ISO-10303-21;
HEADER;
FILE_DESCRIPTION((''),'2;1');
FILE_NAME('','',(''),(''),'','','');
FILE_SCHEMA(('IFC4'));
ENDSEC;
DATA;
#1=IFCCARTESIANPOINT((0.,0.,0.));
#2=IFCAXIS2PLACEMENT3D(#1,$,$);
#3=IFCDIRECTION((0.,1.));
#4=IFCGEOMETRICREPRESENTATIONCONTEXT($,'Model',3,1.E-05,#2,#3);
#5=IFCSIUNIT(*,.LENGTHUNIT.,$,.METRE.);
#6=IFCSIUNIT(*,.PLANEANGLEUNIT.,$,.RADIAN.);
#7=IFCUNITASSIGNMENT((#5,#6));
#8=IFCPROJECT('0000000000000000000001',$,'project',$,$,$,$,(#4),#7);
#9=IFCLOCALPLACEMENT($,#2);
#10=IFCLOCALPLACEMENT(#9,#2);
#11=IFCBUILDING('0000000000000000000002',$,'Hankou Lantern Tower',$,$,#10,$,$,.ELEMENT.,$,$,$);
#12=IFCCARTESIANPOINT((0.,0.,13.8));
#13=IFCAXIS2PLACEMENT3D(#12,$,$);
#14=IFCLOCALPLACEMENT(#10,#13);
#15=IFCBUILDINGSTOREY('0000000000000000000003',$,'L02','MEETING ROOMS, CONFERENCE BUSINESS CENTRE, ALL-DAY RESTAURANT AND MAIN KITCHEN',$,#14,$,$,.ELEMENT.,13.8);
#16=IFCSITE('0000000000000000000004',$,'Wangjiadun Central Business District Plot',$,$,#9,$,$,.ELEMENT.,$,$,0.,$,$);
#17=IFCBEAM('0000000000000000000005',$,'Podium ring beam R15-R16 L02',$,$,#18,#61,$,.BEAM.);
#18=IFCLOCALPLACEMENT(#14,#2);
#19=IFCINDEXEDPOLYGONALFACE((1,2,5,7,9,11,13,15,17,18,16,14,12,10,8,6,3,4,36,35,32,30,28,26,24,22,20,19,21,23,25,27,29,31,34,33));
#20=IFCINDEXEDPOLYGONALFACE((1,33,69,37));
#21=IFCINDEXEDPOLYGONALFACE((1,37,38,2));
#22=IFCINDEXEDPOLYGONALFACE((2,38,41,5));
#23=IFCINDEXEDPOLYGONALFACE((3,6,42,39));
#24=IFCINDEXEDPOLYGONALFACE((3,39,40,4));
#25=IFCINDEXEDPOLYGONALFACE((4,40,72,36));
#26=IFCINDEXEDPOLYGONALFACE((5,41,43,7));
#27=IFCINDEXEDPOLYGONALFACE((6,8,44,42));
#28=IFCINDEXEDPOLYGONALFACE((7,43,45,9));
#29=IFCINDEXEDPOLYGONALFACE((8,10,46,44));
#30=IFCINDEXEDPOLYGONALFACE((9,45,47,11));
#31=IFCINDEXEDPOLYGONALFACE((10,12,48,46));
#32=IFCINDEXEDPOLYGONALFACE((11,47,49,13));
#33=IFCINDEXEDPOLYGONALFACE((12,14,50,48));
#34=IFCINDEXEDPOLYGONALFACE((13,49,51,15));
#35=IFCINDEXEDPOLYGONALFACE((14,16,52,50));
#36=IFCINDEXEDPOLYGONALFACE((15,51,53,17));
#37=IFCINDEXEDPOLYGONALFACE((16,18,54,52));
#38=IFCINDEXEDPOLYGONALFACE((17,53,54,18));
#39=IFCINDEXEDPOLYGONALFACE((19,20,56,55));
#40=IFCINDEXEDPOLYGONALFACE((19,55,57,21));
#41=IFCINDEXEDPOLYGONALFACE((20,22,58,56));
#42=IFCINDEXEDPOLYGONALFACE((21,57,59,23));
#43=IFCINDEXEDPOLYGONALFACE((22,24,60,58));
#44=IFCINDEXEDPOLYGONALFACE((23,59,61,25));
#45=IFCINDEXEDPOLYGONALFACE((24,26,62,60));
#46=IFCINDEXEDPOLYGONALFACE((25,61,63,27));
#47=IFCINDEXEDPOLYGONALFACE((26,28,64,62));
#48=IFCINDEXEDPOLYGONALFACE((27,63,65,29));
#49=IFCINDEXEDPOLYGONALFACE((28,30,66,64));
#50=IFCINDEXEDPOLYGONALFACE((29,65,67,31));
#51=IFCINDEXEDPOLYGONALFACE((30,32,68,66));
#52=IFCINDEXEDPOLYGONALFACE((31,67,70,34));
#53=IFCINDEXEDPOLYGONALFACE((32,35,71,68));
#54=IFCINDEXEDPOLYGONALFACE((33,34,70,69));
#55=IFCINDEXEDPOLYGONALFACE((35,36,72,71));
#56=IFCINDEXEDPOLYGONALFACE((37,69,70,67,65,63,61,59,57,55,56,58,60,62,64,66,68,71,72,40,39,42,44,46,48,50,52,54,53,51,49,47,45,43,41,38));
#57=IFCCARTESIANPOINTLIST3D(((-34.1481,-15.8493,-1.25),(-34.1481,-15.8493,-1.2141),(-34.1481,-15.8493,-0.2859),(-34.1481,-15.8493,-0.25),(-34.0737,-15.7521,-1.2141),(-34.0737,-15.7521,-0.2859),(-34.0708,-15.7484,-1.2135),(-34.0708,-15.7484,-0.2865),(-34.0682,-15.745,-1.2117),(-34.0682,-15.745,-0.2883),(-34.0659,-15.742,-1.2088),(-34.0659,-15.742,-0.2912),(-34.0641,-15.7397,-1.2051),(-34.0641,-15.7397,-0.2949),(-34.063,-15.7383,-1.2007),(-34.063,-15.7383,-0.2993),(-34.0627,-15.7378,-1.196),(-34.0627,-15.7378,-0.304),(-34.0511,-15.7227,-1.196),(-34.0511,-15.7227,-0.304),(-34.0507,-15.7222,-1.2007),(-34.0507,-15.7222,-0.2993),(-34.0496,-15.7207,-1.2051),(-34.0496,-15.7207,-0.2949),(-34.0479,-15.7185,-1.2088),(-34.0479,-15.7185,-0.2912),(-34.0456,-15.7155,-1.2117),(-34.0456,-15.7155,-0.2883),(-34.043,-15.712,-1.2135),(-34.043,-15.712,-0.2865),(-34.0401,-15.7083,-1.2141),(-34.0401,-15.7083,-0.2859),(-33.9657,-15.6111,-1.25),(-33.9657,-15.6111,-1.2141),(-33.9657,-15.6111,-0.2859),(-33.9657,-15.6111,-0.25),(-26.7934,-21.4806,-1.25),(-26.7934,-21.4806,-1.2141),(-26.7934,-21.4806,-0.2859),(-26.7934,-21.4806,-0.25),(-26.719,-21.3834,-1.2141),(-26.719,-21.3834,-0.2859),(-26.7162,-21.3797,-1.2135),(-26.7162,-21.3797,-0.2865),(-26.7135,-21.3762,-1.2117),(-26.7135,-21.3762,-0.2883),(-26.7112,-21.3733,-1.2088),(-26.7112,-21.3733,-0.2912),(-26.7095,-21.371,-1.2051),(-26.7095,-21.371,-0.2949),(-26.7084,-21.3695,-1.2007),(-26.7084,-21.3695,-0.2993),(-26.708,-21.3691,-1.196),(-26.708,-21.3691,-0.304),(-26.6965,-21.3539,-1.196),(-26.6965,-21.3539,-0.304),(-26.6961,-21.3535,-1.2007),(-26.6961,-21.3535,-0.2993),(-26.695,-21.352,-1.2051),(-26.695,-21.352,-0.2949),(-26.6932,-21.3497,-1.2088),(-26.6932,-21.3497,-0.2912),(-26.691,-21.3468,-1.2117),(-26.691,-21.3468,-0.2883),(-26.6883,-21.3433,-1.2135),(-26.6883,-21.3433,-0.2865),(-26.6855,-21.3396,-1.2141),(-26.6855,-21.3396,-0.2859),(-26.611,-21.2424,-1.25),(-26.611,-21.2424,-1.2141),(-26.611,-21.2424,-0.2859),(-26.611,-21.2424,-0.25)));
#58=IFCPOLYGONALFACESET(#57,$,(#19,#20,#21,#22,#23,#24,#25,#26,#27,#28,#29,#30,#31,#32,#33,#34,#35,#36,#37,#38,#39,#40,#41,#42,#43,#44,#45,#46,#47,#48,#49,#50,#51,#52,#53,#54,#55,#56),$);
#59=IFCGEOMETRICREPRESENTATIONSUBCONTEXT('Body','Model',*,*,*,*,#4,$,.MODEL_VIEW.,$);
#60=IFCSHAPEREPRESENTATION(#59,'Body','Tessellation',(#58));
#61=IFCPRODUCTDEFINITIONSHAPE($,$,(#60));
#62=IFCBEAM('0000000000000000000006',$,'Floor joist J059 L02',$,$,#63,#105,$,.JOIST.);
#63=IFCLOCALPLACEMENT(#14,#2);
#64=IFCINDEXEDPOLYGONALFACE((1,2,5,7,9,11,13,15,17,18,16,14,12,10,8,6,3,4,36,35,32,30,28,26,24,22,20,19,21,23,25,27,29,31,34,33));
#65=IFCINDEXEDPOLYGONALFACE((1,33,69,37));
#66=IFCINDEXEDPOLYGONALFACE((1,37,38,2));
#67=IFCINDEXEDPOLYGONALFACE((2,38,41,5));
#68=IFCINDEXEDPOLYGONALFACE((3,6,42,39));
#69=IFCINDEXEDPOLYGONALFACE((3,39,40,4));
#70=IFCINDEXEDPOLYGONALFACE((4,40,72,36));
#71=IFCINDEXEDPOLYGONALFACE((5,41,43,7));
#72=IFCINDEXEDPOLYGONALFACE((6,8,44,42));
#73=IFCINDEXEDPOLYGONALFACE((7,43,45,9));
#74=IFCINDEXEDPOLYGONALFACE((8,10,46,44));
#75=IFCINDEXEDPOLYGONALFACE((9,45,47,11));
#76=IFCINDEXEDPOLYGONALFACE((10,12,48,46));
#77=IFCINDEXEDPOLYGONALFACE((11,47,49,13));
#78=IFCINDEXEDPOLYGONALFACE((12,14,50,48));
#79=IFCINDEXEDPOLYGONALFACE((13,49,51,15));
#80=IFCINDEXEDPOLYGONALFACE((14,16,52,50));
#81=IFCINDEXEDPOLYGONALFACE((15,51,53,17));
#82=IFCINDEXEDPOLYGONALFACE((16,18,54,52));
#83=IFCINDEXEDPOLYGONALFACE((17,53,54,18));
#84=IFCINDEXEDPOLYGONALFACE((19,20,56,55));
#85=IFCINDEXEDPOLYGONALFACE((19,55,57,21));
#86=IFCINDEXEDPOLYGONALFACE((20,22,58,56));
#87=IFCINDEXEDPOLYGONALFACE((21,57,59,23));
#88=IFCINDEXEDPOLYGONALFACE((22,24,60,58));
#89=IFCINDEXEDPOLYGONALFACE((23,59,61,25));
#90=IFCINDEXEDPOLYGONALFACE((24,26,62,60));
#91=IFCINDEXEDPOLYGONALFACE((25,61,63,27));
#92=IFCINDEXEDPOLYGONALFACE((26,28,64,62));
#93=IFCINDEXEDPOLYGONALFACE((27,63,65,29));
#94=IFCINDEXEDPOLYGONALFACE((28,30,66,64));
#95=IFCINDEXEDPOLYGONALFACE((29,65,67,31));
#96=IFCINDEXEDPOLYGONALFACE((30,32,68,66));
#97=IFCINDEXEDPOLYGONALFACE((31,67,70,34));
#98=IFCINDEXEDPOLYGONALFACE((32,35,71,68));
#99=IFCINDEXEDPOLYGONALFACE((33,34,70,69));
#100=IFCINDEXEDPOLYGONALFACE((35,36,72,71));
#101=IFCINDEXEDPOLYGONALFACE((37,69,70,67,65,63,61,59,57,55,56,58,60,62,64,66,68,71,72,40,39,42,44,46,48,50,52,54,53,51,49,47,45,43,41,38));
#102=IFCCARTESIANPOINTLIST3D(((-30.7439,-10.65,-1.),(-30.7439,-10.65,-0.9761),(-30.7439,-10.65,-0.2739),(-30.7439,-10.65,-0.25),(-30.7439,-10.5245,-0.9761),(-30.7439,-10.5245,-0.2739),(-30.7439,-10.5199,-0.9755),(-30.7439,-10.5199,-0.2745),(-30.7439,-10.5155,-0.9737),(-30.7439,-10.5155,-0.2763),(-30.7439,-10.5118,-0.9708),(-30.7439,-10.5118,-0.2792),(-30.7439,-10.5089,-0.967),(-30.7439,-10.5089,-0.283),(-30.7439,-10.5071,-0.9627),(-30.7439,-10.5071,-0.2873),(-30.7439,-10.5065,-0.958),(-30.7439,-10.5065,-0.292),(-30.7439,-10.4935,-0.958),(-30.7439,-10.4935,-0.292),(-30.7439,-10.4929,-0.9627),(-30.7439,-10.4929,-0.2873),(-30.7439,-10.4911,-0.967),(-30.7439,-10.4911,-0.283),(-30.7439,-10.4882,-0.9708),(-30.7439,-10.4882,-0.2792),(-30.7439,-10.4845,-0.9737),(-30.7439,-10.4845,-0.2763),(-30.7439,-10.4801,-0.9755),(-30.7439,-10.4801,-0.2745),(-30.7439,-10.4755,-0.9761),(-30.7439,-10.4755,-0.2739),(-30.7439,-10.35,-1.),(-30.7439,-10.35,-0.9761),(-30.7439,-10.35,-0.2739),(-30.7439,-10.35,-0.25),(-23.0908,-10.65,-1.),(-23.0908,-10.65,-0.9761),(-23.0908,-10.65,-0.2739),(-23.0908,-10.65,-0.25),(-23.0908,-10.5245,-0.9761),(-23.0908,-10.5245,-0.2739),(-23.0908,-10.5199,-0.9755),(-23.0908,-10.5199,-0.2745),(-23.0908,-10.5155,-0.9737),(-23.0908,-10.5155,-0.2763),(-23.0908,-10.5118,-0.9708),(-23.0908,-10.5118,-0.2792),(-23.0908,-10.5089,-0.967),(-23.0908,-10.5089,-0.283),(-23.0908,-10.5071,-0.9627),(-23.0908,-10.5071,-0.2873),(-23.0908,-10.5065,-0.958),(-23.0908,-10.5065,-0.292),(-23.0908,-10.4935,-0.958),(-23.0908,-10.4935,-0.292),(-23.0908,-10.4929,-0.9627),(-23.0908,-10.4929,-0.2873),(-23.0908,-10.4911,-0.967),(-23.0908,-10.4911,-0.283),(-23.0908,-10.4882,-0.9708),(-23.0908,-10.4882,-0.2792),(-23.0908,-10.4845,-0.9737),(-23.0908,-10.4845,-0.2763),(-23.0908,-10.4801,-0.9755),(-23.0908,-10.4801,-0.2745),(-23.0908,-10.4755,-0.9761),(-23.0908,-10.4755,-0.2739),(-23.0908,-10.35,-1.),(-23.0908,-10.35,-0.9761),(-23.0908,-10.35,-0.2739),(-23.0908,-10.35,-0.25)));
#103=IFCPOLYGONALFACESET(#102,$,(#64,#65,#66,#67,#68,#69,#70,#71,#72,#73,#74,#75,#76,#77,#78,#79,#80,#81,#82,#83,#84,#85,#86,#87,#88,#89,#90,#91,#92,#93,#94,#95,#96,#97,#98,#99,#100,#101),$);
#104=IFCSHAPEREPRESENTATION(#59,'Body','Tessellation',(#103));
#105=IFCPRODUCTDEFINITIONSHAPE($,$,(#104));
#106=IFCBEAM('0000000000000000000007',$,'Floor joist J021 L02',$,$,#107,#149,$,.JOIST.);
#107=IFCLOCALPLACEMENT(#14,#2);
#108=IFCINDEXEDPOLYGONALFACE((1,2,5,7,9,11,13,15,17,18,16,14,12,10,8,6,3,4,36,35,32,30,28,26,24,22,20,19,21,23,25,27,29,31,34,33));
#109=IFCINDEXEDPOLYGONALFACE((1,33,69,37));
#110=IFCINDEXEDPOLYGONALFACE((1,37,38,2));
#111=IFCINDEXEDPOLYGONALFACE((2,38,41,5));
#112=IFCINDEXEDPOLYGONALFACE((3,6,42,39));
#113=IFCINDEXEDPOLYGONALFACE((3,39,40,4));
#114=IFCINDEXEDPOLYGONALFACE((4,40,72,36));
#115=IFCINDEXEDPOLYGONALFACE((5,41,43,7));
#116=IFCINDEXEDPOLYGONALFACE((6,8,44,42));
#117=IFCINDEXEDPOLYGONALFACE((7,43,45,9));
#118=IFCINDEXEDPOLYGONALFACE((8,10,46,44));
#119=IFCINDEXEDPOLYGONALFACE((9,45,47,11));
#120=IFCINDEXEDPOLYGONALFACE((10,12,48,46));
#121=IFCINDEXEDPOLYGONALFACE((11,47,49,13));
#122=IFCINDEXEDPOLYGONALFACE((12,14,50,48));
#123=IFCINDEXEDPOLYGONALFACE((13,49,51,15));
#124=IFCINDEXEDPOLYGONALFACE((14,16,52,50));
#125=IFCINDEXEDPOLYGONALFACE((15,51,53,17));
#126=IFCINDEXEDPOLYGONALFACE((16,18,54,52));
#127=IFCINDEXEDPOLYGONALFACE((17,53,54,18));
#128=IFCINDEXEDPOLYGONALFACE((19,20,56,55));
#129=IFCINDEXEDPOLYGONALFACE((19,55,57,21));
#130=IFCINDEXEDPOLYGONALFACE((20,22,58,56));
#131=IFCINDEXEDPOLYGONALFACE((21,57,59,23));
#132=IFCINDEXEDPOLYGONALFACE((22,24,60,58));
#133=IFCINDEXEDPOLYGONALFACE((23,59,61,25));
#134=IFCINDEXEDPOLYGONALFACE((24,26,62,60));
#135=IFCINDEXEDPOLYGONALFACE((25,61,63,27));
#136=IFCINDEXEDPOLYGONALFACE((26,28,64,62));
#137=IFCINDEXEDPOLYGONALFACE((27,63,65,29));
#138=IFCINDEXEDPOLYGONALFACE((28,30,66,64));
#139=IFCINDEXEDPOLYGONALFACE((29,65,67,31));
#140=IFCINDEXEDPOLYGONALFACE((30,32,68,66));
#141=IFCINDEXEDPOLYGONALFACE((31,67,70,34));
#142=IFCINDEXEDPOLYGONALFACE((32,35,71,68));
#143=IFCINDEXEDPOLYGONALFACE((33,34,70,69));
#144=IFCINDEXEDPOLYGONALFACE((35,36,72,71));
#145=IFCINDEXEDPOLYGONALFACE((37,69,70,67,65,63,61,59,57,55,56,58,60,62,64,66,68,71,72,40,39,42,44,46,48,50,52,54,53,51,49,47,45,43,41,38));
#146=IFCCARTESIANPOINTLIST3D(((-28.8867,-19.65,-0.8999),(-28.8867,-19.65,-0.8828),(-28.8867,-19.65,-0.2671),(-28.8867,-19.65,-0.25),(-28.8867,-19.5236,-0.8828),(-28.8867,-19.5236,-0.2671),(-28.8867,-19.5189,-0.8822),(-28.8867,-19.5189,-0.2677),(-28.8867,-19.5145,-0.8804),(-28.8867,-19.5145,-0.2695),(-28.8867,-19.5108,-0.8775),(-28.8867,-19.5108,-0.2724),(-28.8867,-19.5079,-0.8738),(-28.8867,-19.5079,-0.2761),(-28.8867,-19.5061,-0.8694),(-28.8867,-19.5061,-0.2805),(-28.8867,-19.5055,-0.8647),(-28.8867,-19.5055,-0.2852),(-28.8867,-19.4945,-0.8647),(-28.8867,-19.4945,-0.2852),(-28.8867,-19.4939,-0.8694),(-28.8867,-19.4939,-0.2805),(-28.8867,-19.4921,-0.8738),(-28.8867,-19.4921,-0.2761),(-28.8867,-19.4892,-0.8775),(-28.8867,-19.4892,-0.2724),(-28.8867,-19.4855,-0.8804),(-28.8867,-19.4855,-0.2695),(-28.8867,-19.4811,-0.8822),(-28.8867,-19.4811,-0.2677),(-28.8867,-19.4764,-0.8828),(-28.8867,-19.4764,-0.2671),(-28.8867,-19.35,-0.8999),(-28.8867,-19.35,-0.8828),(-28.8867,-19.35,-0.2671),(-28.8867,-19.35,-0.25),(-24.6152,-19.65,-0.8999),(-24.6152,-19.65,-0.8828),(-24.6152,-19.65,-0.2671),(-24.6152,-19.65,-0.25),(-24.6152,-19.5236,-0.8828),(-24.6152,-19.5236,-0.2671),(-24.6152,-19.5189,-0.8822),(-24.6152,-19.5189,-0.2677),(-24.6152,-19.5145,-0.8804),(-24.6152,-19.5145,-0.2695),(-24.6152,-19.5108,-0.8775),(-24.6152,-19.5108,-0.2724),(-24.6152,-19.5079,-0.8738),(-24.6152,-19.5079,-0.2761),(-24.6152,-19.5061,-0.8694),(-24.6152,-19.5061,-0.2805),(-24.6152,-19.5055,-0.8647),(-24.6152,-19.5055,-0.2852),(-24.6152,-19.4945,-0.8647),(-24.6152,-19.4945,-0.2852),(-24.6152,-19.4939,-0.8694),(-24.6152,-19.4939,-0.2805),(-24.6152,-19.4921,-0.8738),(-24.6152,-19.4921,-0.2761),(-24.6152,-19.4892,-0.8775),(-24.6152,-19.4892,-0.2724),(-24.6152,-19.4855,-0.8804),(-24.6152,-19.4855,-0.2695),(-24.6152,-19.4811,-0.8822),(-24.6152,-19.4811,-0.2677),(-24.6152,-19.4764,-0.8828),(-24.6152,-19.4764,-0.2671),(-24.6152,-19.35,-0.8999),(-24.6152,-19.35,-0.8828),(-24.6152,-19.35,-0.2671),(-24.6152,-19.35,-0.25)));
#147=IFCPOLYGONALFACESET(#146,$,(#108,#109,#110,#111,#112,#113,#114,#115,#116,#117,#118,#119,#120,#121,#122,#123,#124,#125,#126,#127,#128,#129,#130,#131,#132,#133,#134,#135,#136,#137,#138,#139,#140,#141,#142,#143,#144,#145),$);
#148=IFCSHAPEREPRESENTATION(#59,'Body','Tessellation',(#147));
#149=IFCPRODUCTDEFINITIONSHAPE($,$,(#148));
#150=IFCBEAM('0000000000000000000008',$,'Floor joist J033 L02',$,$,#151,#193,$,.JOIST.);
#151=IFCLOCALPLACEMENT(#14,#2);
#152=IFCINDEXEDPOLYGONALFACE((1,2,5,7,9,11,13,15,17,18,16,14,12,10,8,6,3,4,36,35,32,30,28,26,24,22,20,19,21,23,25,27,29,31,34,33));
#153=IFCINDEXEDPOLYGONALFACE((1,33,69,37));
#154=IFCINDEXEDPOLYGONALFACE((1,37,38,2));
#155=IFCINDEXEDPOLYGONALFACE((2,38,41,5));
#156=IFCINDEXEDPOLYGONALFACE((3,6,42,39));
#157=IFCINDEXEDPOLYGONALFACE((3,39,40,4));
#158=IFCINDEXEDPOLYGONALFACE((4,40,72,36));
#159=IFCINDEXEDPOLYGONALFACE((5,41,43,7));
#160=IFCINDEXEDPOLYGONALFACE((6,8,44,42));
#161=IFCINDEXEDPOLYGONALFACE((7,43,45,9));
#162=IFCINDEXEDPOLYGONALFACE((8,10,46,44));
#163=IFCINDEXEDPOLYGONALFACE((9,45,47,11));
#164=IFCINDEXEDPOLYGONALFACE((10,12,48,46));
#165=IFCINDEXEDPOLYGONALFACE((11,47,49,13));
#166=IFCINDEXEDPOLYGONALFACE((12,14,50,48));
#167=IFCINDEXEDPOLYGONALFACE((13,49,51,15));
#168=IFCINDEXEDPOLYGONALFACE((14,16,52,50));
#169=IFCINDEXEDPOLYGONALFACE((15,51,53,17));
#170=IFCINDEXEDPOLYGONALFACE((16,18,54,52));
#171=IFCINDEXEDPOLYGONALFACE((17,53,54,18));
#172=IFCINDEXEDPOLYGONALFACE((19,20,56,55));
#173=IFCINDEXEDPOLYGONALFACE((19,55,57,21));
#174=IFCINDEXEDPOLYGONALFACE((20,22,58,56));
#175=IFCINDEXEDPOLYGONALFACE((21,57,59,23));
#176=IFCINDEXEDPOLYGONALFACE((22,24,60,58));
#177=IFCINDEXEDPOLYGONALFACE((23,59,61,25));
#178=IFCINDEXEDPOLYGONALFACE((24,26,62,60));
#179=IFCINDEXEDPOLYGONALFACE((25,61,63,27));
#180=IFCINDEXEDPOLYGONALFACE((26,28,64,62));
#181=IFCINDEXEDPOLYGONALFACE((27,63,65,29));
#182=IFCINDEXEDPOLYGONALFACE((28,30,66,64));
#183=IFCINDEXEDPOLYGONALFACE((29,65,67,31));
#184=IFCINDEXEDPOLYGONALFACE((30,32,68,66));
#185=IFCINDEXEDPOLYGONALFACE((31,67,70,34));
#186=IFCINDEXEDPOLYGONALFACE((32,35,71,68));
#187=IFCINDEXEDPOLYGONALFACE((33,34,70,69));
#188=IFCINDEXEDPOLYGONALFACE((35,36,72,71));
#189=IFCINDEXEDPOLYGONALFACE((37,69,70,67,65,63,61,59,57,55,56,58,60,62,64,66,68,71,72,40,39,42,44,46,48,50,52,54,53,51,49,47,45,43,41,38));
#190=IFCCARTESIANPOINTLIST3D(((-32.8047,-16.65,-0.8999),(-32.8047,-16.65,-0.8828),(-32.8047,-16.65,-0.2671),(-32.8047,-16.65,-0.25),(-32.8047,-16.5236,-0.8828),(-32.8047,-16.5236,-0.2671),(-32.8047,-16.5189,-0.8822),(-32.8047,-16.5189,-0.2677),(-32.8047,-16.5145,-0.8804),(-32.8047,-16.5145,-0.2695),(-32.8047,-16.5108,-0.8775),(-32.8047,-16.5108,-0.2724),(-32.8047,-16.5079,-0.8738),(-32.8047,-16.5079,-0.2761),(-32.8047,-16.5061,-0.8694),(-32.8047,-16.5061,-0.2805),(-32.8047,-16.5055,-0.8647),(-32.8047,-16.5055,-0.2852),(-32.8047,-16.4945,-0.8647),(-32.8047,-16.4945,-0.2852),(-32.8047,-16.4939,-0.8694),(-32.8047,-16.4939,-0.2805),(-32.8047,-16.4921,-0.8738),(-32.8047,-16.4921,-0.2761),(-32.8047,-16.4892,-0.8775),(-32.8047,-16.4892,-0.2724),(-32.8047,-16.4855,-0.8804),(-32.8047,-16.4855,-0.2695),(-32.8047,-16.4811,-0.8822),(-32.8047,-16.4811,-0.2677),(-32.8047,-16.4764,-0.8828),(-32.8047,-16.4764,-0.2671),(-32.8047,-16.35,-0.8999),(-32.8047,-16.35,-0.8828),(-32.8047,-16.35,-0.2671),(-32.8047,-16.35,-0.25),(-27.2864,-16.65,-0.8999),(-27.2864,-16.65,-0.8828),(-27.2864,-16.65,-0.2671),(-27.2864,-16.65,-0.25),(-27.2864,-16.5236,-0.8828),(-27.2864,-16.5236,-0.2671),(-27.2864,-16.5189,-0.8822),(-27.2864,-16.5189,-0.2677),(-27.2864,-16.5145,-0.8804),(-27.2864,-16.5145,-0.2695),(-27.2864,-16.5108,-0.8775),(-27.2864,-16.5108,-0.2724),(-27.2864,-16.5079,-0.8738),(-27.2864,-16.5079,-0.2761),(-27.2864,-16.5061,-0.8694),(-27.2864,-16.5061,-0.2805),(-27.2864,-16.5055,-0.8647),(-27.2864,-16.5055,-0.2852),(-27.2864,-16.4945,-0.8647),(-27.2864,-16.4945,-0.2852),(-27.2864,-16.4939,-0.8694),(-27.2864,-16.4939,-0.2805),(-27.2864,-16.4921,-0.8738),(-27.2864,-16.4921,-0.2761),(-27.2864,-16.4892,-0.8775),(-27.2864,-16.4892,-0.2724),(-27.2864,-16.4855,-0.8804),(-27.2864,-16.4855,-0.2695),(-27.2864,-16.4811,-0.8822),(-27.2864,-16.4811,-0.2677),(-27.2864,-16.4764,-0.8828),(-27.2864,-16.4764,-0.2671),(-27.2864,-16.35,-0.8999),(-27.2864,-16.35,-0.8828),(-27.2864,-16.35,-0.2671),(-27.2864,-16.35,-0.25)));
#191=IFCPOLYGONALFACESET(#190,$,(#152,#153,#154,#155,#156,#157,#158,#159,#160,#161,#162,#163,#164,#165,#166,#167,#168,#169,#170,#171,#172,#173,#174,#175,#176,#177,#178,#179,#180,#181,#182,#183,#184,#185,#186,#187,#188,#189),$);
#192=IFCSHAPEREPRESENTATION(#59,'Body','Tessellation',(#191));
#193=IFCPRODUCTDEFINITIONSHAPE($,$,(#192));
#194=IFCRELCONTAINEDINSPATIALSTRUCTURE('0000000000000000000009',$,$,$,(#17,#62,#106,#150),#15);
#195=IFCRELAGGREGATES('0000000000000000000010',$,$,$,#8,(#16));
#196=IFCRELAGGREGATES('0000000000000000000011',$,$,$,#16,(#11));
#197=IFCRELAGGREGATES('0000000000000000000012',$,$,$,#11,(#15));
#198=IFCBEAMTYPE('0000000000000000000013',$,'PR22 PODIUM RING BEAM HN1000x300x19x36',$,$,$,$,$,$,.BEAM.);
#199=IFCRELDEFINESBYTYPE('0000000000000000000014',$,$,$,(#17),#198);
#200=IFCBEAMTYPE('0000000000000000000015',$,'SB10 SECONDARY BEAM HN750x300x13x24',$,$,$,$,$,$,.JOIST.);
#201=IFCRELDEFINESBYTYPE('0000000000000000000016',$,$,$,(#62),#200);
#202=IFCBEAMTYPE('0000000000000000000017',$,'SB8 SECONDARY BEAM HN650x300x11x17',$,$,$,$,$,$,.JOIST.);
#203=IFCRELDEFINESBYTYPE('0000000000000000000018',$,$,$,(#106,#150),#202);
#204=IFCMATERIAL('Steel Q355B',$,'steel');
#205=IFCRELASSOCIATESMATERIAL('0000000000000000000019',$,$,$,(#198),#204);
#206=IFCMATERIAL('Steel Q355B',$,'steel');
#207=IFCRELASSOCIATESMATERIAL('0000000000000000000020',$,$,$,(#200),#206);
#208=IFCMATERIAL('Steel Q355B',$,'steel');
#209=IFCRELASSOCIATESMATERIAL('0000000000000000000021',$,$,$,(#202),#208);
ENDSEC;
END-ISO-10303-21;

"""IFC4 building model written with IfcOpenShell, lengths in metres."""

from ifc_helpers import new_model, si_unit, direction, frame, origin, origin_2d, place, context, subcontext, project, spatial, i_section, extrude, material, material_profile, profile_set, type_object, element, save


model = new_model("IFC4")

# Units and contexts
model_context = context("Model", 3, precision=1e-05, world=origin(), true_north=direction((0.0, 1.0)))
body_context = subcontext(model_context, "Body", "Model", "MODEL_VIEW")
ifc_project = project(units=[si_unit("LENGTHUNIT", "METRE"), si_unit("PLANEANGLEUNIT", "RADIAN")], contexts=[model_context])

# Site, building, storey
site_placement = place(None, origin())
site = spatial("IfcSite", under=ifc_project, at=site_placement, Name="Wangjiadun Central Business District Plot", CompositionType="ELEMENT", RefElevation=0.0)
building_placement = place(site_placement, origin())
building = spatial("IfcBuilding", under=site, at=building_placement, Name="Hankou Lantern Tower", CompositionType="ELEMENT")
storey_placement = place(building_placement, frame((0.0, 0.0, 13.8)))
storey = spatial("IfcBuildingStorey", under=building, at=storey_placement, Name="L02", Description="MEETING ROOMS, CONFERENCE BUSINESS CENTRE, ALL-DAY RESTAURANT AND MAIN KITCHEN", CompositionType="ELEMENT", Elevation=13.8)

# Beams
ifc_material_1 = material(Name="Steel Q355B", Category="steel")
ifc_material_profile_1 = material_profile(ifc_material_1, i_section(OverallWidth=0.3, OverallDepth=1.0, WebThickness=0.019, FlangeThickness=0.0359, FilletRadius=0.0181, at=origin_2d()), Name="HN1000x300x19x36")
ifc_profile_set_1 = profile_set([ifc_material_profile_1], Name="Steel Q355B")
beam_type_1 = type_object("IfcBeamType", Name="PR22 PODIUM RING BEAM HN1000x300x19x36", PredefinedType="BEAM", material=ifc_profile_set_1)
beam_1_placement = place(storey_placement, frame((-34.0569, -15.7302, -0.75), z_axis=(0.793986, -0.607936, 0.0), x_axis=(0.607936, 0.793986, 0.0)))
element("IfcBeam", 1, at=beam_1_placement, inside=storey, type_object=beam_type_1, Name="Podium ring beam R15-R16 L02", PredefinedType="BEAM", context=body_context, shape_type="SweptSolid", body=[
    extrude(i_section(OverallWidth=0.3, OverallDepth=1.0, WebThickness=0.019, FlangeThickness=0.0359, FilletRadius=0.0181, at=origin_2d()), origin(), (0.0, 0.0, 1.0), 9.2629),
])
ifc_material_2 = material(Name="Steel Q355B", Category="steel")
ifc_material_profile_2 = material_profile(ifc_material_2, i_section(OverallWidth=0.3, OverallDepth=0.75, WebThickness=0.0129, FlangeThickness=0.0239, FilletRadius=0.0181, at=origin_2d()), Name="HN750x300x13x24")
ifc_profile_set_2 = profile_set([ifc_material_profile_2], Name="Steel Q355B")
beam_type_2 = type_object("IfcBeamType", Name="SB10 SECONDARY BEAM HN750x300x13x24", PredefinedType="JOIST", material=ifc_profile_set_2)
beam_2_placement = place(storey_placement, frame((-30.7439, -10.5, -0.625), z_axis=(1.0, 0.0, 0.0), x_axis=(0.0, 1.0, 0.0)))
element("IfcBeam", 2, at=beam_2_placement, inside=storey, type_object=beam_type_2, Name="Floor joist J059 L02", PredefinedType="JOIST", context=body_context, shape_type="SweptSolid", body=[
    extrude(i_section(OverallWidth=0.3, OverallDepth=0.75, WebThickness=0.0129, FlangeThickness=0.0239, FilletRadius=0.0181, at=origin_2d()), origin(), (0.0, 0.0, 1.0), 7.6531),
])
ifc_material_3 = material(Name="Steel Q355B", Category="steel")
ifc_material_profile_3 = material_profile(ifc_material_3, i_section(OverallWidth=0.3, OverallDepth=0.6499, WebThickness=0.011, FlangeThickness=0.0171, FilletRadius=0.0181, at=origin_2d()), Name="HN650x300x11x17")
ifc_profile_set_3 = profile_set([ifc_material_profile_3], Name="Steel Q355B")
beam_type_3 = type_object("IfcBeamType", Name="SB8 SECONDARY BEAM HN650x300x11x17", PredefinedType="JOIST", material=ifc_profile_set_3)
beam_3_placement = place(storey_placement, frame((-28.8867, -19.5, -0.575), z_axis=(1.0, 0.0, 0.0), x_axis=(0.0, 1.0, 0.0)))
element("IfcBeam", 3, at=beam_3_placement, inside=storey, type_object=beam_type_3, Name="Floor joist J021 L02", PredefinedType="JOIST", context=body_context, shape_type="SweptSolid", body=[
    extrude(i_section(OverallWidth=0.3, OverallDepth=0.6499, WebThickness=0.011, FlangeThickness=0.0171, FilletRadius=0.0181, at=origin_2d()), origin(), (0.0, 0.0, 1.0), 4.2715),
])
beam_4_placement = place(storey_placement, frame((-32.8047, -16.5, -0.575), z_axis=(1.0, 0.0, 0.0), x_axis=(0.0, 1.0, 0.0)))
element("IfcBeam", 4, at=beam_4_placement, inside=storey, type_object=beam_type_3, Name="Floor joist J033 L02", PredefinedType="JOIST", context=body_context, shape_type="SweptSolid", body=[
    extrude(i_section(OverallWidth=0.3, OverallDepth=0.6499, WebThickness=0.011, FlangeThickness=0.0171, FilletRadius=0.0181, at=origin_2d()), origin(), (0.0, 0.0, 1.0), 5.5183),
])

save(model, "model.ifc")
